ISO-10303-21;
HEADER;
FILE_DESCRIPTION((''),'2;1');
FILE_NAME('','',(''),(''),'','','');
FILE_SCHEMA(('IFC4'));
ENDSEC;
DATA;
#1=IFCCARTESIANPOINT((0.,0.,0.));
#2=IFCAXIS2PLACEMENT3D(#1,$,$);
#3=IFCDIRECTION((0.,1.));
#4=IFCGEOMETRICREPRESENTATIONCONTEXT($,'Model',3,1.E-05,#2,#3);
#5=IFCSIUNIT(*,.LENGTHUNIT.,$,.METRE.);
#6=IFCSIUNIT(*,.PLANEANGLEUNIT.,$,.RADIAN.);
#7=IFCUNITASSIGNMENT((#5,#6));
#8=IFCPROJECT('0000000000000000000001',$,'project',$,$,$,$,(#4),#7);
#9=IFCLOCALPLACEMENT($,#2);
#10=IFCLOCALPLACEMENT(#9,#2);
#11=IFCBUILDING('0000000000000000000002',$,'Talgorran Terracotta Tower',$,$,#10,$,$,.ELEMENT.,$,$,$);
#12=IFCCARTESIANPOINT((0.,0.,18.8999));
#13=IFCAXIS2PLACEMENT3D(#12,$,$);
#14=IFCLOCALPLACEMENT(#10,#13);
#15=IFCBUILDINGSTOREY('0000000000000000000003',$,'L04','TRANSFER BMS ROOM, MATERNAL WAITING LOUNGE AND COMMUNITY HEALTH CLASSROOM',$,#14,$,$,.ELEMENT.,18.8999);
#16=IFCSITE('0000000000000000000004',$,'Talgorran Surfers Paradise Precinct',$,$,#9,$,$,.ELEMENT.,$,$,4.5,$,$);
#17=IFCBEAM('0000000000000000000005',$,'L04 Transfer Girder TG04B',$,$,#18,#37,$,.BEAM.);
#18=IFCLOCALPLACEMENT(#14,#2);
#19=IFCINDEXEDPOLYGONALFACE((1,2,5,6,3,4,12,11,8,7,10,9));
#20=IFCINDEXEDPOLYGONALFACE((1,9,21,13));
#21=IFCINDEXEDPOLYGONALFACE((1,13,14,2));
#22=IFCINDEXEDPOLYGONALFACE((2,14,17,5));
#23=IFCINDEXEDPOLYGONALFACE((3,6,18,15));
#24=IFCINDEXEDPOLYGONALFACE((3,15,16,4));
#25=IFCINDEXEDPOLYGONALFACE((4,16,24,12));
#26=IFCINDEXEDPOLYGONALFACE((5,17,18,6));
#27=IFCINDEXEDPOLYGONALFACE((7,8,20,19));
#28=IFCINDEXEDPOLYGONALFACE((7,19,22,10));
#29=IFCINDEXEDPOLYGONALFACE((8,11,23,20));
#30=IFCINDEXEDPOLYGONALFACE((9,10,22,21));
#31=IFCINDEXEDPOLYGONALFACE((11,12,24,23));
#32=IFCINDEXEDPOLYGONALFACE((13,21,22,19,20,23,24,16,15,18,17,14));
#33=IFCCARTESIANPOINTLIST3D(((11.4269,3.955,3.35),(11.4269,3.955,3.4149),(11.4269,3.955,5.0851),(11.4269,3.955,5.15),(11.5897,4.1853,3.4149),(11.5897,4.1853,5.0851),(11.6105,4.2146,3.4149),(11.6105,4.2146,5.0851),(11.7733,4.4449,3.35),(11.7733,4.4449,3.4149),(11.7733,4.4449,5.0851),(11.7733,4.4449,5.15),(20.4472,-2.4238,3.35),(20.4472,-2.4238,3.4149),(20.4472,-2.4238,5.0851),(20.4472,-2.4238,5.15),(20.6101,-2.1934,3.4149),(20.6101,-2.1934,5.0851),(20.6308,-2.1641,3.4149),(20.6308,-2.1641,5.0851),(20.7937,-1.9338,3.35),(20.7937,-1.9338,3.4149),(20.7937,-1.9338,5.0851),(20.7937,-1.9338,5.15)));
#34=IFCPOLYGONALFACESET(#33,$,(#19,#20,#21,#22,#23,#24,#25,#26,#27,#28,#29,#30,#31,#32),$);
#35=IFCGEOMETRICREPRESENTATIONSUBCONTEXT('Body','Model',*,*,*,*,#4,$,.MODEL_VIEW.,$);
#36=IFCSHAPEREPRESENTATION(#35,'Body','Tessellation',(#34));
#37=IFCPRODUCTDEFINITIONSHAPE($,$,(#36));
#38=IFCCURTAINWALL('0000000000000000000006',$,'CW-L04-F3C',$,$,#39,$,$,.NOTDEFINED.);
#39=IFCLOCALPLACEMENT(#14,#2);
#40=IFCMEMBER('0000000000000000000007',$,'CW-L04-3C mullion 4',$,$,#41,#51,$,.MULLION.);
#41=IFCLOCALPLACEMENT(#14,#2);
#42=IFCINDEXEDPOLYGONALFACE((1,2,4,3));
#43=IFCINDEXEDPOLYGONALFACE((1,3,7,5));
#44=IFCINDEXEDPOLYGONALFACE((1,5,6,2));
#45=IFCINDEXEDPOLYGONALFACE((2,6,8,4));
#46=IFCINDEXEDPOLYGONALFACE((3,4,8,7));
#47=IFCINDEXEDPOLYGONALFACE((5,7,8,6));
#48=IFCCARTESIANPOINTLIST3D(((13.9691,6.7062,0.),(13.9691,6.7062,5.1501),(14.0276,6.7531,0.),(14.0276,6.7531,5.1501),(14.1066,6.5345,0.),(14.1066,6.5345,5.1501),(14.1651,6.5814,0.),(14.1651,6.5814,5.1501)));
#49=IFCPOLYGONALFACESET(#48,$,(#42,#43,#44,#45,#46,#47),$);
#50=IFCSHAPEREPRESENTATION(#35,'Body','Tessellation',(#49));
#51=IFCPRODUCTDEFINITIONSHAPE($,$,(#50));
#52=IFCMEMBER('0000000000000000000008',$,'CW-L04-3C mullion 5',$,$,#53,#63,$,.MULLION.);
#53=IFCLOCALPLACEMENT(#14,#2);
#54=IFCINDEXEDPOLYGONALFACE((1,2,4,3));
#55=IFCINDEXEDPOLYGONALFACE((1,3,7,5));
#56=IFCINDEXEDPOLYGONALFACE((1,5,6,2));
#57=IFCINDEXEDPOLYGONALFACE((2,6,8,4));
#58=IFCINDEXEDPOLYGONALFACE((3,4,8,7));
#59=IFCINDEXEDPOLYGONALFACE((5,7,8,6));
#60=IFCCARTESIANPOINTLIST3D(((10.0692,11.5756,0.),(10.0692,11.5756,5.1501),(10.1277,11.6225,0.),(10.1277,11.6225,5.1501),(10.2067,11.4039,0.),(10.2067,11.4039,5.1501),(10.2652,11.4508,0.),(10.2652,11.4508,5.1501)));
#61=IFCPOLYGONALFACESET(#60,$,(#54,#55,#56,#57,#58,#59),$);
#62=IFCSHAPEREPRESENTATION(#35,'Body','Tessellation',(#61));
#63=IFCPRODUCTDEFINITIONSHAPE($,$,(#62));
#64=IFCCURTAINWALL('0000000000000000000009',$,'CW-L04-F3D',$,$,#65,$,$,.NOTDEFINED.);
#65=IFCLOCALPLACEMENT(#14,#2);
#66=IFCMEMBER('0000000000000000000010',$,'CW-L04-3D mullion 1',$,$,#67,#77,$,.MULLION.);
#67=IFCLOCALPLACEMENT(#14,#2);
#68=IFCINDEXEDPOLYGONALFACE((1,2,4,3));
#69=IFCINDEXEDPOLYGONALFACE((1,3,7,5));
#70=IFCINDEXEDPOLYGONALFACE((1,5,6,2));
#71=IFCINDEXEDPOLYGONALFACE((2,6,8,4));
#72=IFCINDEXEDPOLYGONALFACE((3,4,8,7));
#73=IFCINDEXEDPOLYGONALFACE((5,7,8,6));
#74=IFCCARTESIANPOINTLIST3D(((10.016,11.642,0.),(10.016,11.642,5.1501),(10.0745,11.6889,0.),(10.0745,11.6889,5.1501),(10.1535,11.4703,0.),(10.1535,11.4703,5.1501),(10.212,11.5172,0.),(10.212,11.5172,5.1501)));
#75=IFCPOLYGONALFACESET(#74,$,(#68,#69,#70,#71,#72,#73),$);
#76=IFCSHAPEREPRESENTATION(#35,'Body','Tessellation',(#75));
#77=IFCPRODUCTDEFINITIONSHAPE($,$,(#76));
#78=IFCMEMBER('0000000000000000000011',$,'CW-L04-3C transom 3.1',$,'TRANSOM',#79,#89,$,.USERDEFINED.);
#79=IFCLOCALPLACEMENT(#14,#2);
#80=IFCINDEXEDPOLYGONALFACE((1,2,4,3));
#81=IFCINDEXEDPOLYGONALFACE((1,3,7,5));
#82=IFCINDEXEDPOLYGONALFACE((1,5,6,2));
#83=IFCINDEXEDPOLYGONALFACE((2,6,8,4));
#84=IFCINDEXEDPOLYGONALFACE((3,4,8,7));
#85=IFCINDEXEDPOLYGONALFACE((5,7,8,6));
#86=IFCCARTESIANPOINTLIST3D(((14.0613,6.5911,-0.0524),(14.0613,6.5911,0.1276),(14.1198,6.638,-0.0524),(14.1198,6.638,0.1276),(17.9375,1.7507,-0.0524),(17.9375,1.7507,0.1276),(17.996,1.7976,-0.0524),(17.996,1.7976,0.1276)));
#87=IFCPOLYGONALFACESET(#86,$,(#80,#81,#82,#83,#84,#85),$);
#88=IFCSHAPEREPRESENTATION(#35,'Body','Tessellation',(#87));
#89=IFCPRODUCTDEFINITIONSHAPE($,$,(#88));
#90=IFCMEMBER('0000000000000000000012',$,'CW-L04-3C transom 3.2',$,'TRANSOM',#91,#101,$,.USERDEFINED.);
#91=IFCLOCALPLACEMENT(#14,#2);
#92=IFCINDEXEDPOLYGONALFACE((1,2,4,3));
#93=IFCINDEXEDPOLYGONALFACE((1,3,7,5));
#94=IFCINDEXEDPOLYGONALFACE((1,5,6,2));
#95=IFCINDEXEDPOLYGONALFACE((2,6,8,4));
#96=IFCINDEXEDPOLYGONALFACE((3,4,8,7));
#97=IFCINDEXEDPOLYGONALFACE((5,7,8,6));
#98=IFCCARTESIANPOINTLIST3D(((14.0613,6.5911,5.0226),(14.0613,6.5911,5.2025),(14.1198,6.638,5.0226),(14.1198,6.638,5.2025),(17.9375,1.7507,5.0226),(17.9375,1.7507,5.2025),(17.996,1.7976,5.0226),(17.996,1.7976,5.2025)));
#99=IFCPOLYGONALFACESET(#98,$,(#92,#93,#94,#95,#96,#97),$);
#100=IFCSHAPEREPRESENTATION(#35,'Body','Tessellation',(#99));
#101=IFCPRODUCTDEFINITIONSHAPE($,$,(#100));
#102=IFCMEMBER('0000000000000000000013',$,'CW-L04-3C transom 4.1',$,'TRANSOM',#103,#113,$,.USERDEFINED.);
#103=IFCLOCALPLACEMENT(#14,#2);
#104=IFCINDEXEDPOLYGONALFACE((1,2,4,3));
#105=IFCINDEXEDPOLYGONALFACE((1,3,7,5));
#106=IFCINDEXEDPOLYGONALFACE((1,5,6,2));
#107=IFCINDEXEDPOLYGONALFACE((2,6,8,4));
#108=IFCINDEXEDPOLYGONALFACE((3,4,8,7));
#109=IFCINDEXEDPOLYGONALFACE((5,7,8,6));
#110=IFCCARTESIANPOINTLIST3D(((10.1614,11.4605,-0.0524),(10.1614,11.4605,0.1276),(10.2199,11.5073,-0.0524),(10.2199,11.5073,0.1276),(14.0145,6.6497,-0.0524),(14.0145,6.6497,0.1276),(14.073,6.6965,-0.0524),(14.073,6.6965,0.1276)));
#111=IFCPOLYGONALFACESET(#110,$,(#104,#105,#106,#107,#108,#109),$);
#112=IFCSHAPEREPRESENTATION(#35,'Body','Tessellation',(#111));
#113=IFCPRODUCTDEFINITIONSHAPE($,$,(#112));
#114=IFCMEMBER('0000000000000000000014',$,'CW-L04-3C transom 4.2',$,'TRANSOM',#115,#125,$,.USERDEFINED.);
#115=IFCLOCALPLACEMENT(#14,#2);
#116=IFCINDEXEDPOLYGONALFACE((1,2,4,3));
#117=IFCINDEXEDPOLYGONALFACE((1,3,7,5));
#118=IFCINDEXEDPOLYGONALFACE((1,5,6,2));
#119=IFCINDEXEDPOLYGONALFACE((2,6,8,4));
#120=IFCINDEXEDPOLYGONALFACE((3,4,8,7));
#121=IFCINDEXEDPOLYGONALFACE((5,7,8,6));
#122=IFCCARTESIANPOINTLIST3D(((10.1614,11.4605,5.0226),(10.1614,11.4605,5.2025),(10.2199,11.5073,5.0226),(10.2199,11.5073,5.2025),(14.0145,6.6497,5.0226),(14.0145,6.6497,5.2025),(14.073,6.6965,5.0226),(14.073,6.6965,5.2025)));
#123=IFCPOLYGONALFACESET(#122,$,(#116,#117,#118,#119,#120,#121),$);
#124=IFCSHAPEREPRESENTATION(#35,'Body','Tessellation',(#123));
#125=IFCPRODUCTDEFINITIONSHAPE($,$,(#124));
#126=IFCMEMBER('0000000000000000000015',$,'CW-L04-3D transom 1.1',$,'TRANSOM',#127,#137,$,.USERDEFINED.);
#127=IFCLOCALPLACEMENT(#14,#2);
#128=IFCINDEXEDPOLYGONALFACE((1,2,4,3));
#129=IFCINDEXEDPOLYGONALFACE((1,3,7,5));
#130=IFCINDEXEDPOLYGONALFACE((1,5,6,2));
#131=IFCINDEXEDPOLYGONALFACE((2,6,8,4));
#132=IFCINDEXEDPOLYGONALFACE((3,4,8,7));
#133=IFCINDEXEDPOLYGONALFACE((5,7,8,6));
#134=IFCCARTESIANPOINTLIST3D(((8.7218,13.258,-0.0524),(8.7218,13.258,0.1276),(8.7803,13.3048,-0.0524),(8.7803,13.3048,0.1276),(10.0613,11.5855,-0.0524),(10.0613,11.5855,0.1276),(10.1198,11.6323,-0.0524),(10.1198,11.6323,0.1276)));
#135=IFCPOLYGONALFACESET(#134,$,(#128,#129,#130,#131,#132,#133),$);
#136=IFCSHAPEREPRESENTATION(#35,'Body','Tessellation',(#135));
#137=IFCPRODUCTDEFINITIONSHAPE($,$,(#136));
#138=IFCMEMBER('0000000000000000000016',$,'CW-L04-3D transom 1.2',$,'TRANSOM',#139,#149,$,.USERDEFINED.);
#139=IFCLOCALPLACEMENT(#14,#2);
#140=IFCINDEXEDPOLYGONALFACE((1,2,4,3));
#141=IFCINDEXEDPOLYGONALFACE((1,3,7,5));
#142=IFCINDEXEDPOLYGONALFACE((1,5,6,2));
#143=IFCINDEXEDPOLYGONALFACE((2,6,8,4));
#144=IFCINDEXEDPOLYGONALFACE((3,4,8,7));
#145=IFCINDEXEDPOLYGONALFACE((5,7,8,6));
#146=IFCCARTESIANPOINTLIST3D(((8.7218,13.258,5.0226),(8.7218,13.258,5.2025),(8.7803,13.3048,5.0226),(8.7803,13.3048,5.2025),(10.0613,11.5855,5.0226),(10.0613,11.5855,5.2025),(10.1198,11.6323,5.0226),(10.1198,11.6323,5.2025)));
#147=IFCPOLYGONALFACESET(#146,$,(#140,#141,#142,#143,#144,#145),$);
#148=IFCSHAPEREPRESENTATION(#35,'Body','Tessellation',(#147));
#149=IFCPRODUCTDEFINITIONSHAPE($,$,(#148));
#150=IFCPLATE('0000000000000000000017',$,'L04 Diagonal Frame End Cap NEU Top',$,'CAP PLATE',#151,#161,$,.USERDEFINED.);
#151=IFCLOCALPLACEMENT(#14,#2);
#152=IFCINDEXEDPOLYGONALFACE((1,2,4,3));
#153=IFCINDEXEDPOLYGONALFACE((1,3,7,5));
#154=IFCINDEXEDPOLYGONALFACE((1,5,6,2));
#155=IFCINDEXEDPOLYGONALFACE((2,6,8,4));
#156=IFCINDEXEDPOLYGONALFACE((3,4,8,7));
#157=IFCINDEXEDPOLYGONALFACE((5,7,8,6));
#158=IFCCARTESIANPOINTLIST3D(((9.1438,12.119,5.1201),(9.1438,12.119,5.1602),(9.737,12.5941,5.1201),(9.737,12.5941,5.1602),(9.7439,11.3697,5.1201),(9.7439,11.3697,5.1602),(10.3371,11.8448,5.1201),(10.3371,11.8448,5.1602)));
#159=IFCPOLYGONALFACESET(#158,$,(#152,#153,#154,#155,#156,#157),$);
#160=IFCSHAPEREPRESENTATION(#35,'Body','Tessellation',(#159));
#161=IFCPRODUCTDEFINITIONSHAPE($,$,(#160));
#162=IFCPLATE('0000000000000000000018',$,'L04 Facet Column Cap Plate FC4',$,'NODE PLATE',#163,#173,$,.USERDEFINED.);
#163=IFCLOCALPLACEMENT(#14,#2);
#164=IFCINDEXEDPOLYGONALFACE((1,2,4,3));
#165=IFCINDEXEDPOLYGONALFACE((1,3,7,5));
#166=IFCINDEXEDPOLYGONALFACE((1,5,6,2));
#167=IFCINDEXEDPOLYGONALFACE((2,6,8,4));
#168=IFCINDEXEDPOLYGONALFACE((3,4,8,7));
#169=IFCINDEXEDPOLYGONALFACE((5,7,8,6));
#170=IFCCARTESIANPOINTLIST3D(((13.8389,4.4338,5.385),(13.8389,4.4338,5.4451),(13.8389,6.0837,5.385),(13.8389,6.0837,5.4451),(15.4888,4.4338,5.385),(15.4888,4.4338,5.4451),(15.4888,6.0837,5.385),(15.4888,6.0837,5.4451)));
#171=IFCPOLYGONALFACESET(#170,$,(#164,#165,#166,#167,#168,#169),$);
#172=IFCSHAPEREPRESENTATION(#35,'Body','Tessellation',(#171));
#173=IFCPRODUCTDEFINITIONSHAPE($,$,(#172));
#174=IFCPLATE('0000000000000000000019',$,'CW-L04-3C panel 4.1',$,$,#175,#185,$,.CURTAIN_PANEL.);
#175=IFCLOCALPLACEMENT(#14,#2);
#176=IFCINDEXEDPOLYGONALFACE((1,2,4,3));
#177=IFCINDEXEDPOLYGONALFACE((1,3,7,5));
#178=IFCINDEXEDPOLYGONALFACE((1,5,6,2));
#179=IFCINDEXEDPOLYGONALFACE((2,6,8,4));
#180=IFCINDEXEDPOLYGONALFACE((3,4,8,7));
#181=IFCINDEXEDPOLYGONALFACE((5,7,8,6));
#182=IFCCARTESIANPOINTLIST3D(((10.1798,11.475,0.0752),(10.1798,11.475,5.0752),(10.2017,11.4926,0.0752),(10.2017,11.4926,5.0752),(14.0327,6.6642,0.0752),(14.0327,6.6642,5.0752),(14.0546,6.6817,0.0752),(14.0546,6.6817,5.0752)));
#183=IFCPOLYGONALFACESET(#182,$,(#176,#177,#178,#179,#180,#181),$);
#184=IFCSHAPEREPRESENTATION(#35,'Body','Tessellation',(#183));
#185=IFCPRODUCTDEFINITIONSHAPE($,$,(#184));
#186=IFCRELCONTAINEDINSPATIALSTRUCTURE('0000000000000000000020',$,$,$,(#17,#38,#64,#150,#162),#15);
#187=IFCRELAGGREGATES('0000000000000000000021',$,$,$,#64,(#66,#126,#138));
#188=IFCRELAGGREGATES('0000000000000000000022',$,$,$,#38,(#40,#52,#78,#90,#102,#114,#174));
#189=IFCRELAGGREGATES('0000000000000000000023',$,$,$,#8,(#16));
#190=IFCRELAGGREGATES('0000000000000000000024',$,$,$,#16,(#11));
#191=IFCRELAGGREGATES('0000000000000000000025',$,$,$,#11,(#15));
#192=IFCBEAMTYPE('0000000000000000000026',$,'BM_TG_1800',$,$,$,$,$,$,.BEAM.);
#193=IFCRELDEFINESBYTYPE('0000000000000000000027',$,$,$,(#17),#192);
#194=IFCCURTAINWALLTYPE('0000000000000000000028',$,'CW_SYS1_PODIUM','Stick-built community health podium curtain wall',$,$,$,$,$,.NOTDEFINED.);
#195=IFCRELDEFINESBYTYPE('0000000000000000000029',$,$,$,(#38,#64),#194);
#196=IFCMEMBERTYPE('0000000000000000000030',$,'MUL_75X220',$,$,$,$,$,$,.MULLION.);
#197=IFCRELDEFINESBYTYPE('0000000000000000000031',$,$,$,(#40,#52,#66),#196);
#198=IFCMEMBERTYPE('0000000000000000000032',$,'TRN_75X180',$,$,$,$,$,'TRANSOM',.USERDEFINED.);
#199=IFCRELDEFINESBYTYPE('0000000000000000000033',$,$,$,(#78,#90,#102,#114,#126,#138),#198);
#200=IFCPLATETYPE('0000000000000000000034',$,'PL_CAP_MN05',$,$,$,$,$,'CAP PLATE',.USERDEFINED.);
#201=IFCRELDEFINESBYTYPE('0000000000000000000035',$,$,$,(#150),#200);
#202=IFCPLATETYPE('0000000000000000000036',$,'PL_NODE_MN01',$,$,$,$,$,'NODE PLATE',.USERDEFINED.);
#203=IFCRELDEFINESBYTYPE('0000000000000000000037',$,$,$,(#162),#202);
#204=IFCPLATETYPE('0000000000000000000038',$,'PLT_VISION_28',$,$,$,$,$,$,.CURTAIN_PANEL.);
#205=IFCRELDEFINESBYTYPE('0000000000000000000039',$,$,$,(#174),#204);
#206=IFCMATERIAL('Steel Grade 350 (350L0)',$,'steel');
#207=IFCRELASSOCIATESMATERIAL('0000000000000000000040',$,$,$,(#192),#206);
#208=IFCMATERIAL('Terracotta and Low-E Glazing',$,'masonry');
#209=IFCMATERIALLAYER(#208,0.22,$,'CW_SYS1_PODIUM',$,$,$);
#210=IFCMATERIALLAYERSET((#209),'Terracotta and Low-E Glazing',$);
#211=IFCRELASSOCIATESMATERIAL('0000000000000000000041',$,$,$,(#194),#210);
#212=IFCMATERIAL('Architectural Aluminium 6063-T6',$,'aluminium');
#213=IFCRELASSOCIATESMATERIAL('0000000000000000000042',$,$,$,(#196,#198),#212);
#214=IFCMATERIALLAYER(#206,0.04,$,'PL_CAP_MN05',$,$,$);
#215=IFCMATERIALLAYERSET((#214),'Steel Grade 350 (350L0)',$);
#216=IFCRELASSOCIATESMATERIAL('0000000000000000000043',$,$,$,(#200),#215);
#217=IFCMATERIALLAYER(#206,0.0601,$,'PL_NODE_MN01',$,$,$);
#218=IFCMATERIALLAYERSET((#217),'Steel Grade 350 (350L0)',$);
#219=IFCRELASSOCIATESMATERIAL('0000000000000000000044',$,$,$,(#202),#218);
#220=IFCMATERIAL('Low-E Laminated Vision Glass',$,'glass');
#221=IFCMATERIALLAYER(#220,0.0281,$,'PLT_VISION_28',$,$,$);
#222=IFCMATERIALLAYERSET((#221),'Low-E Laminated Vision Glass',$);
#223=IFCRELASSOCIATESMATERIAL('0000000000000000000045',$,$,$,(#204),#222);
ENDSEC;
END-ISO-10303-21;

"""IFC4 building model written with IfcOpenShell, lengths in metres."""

from ifc_helpers import new_model, si_unit, direction, frame, origin, origin_2d, place, context, subcontext, project, spatial, rectangle, i_section, extrude, source, transform, mapped, material, layer, layer_set, material_profile, profile_set, type_object, element, aggregate, save


model = new_model("IFC4")

# Units and contexts
model_context = context("Model", 3, precision=1e-05, world=origin(), true_north=direction((0.0, 1.0)))
body_context = subcontext(model_context, "Body", "Model", "MODEL_VIEW")
ifc_project = project(units=[si_unit("LENGTHUNIT", "METRE"), si_unit("PLANEANGLEUNIT", "RADIAN")], contexts=[model_context])

# Site, building, storey
site_placement = place(None, origin())
site = spatial("IfcSite", under=ifc_project, at=site_placement, Name="Talgorran Surfers Paradise Precinct", CompositionType="ELEMENT", RefElevation=4.5)
building_placement = place(site_placement, origin())
building = spatial("IfcBuilding", under=site, at=building_placement, Name="Talgorran Terracotta Tower", CompositionType="ELEMENT")
storey_placement = place(building_placement, frame((0.0, 0.0, 18.8999)))
storey = spatial("IfcBuildingStorey", under=building, at=storey_placement, Name="L04", Description="TRANSFER BMS ROOM, MATERNAL WAITING LOUNGE AND COMMUNITY HEALTH CLASSROOM", CompositionType="ELEMENT", Elevation=18.8999)

# Shared definitions
ifc_material_1 = material(Name="Steel Grade 350 (350L0)", Category="steel")

# Beam
ifc_material_profile_1 = material_profile(ifc_material_1, i_section(OverallWidth=0.6001, OverallDepth=1.8, WebThickness=0.0359, FlangeThickness=0.0649, at=origin_2d()), Name="TG1800X600")
ifc_profile_set_1 = profile_set([ifc_material_profile_1], Name="Steel Grade 350 (350L0)")
beam_type_1 = type_object("IfcBeamType", Name="BM_TG_1800", PredefinedType="BEAM", material=ifc_profile_set_1)
beam_1_placement = place(storey_placement, frame((11.6001, 4.2, 4.25), z_axis=(0.816481, -0.577373, 0.0), x_axis=(0.577373, 0.816481, 0.0)))
element("IfcBeam", 1, at=beam_1_placement, inside=storey, type_object=beam_type_1, Name="L04 Transfer Girder TG04B", PredefinedType="BEAM", context=body_context, shape_type="SweptSolid", body=[
    extrude(i_section(OverallWidth=0.6001, OverallDepth=1.8, WebThickness=0.0359, FlangeThickness=0.0649, at=origin_2d()), origin(), (0.0, 0.0, 1.0), 11.0479),
])

# Curtain wall, members
ifc_material_2 = material(Name="Terracotta and Low-E Glazing", Category="masonry")
ifc_layer_1 = layer(ifc_material_2, 0.22, Name="CW_SYS1_PODIUM")
ifc_layer_set_1 = layer_set([ifc_layer_1], Name="Terracotta and Low-E Glazing")
curtain_wall_type = type_object("IfcCurtainWallType", Name="CW_SYS1_PODIUM", Description="Stick-built community health podium curtain wall", PredefinedType="NOTDEFINED", material=ifc_layer_set_1)
curtain_wall_1_placement = place(storey_placement, origin())
curtain_wall_1 = element("IfcCurtainWall", 2, at=curtain_wall_1_placement, inside=storey, type_object=curtain_wall_type, Name="CW-L04-F3C", PredefinedType="NOTDEFINED")
ifc_material_3 = material(Name="Architectural Aluminium 6063-T6", Category="aluminium")
ifc_material_profile_2 = material_profile(ifc_material_3, rectangle(XDim=0.075, YDim=0.22, at=origin_2d()), Name="CWM75X220")
ifc_profile_set_2 = profile_set([ifc_material_profile_2], Name="Architectural Aluminium 6063-T6")
member_type_1 = type_object("IfcMemberType", Name="MUL_75X220", PredefinedType="MULLION", material=ifc_profile_set_2)
member_1_placement = place(storey_placement, frame((14.0671, 6.6438, 0.0), z_axis=(0.0, 0.0, 1.0), x_axis=(-0.780533, -0.625115, 0.0)))
member_1 = element("IfcMember", 3, at=member_1_placement, type_object=member_type_1, Name="CW-L04-3C mullion 4", PredefinedType="MULLION", context=body_context, shape_type="SweptSolid", body=[
    extrude(rectangle(XDim=0.075, YDim=0.22, at=origin_2d()), origin(), (0.0, 0.0, 1.0), 5.1501),
])
member_2_placement = place(storey_placement, frame((10.1672, 11.5132, 0.0), z_axis=(0.0, 0.0, 1.0), x_axis=(-0.780533, -0.625115, 0.0)))
member_2 = element("IfcMember", 4, at=member_2_placement, type_object=member_type_1, Name="CW-L04-3C mullion 5", PredefinedType="MULLION", context=body_context, shape_type="SweptSolid", body=[
    extrude(rectangle(XDim=0.075, YDim=0.22, at=origin_2d()), origin(), (0.0, 0.0, 1.0), 5.1501),
])

# Curtain wall, member
curtain_wall_2_placement = place(storey_placement, origin())
curtain_wall_2 = element("IfcCurtainWall", 5, at=curtain_wall_2_placement, inside=storey, type_object=curtain_wall_type, Name="CW-L04-F3D", PredefinedType="NOTDEFINED")
member_3_placement = place(storey_placement, frame((10.114, 11.5796, 0.0), z_axis=(0.0, 0.0, 1.0), x_axis=(-0.780537, -0.62511, 0.0)))
member_3 = element("IfcMember", 6, at=member_3_placement, type_object=member_type_1, Name="CW-L04-3D mullion 1", PredefinedType="MULLION", context=body_context, shape_type="SweptSolid", body=[
    extrude(rectangle(XDim=0.075, YDim=0.22, at=origin_2d()), origin(), (0.0, 0.0, 1.0), 5.1501),
])

# Members
ifc_material_profile_3 = material_profile(ifc_material_3, rectangle(XDim=0.075, YDim=0.1799, at=origin_2d()), Name="CWT75X180")
ifc_profile_set_3 = profile_set([ifc_material_profile_3], Name="Architectural Aluminium 6063-T6")
member_type_2 = type_object("IfcMemberType", Name="TRN_75X180", ElementType="TRANSOM", PredefinedType="USERDEFINED", material=ifc_profile_set_3)
member_4_placement = place(storey_placement, frame((17.9668, 1.7742, 0.0376), z_axis=(-0.625084, 0.780558, 0.0), x_axis=(-0.780558, -0.625084, 0.0)))
member_4 = element("IfcMember", 7, at=member_4_placement, type_object=member_type_2, Name="CW-L04-3C transom 3.1", ObjectType="TRANSOM", PredefinedType="USERDEFINED", context=body_context, shape_type="SweptSolid", body=[
    extrude(rectangle(XDim=0.075, YDim=0.1799, at=origin_2d()), origin(), (0.0, 0.0, 1.0), 6.2012),
])
member_5_placement = place(storey_placement, frame((17.9668, 1.7742, 5.1125), z_axis=(-0.625084, 0.780558, 0.0), x_axis=(-0.780558, -0.625084, 0.0)))
member_5 = element("IfcMember", 8, at=member_5_placement, type_object=member_type_2, Name="CW-L04-3C transom 3.2", ObjectType="TRANSOM", PredefinedType="USERDEFINED", context=body_context, shape_type="SweptSolid", body=[
    extrude(rectangle(XDim=0.075, YDim=0.1799, at=origin_2d()), origin(), (0.0, 0.0, 1.0), 6.2012),
])
member_6_placement = place(storey_placement, frame((14.0437, 6.6731, 0.0376), z_axis=(-0.62513, 0.780521, 0.0), x_axis=(-0.780521, -0.62513, 0.0)))
member_6 = element("IfcMember", 9, at=member_6_placement, type_object=member_type_2, Name="CW-L04-3C transom 4.1", ObjectType="TRANSOM", PredefinedType="USERDEFINED", context=body_context, shape_type="SweptSolid", body=[
    extrude(rectangle(XDim=0.075, YDim=0.1799, at=origin_2d()), origin(), (0.0, 0.0, 1.0), 6.1636),
])
member_7_placement = place(storey_placement, frame((14.0437, 6.6731, 5.1125), z_axis=(-0.62513, 0.780521, 0.0), x_axis=(-0.780521, -0.62513, 0.0)))
member_7 = element("IfcMember", 10, at=member_7_placement, type_object=member_type_2, Name="CW-L04-3C transom 4.2", ObjectType="TRANSOM", PredefinedType="USERDEFINED", context=body_context, shape_type="SweptSolid", body=[
    extrude(rectangle(XDim=0.075, YDim=0.1799, at=origin_2d()), origin(), (0.0, 0.0, 1.0), 6.1636),
])
member_8_placement = place(storey_placement, frame((10.0906, 11.6089, 0.0376), z_axis=(-0.625126, 0.780524, 0.0), x_axis=(-0.780524, -0.625126, 0.0)))
member_8 = element("IfcMember", 11, at=member_8_placement, type_object=member_type_2, Name="CW-L04-3D transom 1.1", ObjectType="TRANSOM", PredefinedType="USERDEFINED", context=body_context, shape_type="SweptSolid", body=[
    extrude(rectangle(XDim=0.075, YDim=0.1799, at=origin_2d()), origin(), (0.0, 0.0, 1.0), 2.1428),
])
member_9_placement = place(storey_placement, frame((10.0906, 11.6089, 5.1125), z_axis=(-0.625126, 0.780524, 0.0), x_axis=(-0.780524, -0.625126, 0.0)))
member_9 = element("IfcMember", 12, at=member_9_placement, type_object=member_type_2, Name="CW-L04-3D transom 1.2", ObjectType="TRANSOM", PredefinedType="USERDEFINED", context=body_context, shape_type="SweptSolid", body=[
    extrude(rectangle(XDim=0.075, YDim=0.1799, at=origin_2d()), origin(), (0.0, 0.0, 1.0), 2.1428),
])
aggregate(curtain_wall_2, [member_3, member_8, member_9])

# Plates
ifc_layer_2 = layer(ifc_material_1, 0.04, Name="PL_CAP_MN05")
ifc_layer_set_2 = layer_set([ifc_layer_2], Name="Steel Grade 350 (350L0)")
plate_type_1 = type_object("IfcPlateType", Name="PL_CAP_MN05", ElementType="CAP PLATE", PredefinedType="USERDEFINED", material=ifc_layer_set_2)
plate_1_placement = place(storey_placement, frame((9.7405, 11.9819, 5.1201), z_axis=(0.0, 0.0, 1.0), x_axis=(0.625106, -0.78054, 0.0)))
element("IfcPlate", 13, at=plate_1_placement, inside=storey, type_object=plate_type_1, Name="L04 Diagonal Frame End Cap NEU Top", ObjectType="CAP PLATE", PredefinedType="USERDEFINED", context=body_context, shape_type="SweptSolid", body=[
    extrude(rectangle(XDim=0.96, YDim=0.76, at=origin_2d()), origin(), (0.0, 0.0, 1.0), 0.04),
])
ifc_layer_3 = layer(ifc_material_1, 0.0601, Name="PL_NODE_MN01")
ifc_layer_set_3 = layer_set([ifc_layer_3], Name="Steel Grade 350 (350L0)")
plate_type_2 = type_object("IfcPlateType", Name="PL_NODE_MN01", ElementType="NODE PLATE", PredefinedType="USERDEFINED", material=ifc_layer_set_3)
plate_2_placement = place(storey_placement, frame((14.6638, 5.2588, 5.385), z_axis=(0.0, 0.0, 1.0), x_axis=(1.0, 0.0, 0.0)))
element("IfcPlate", 14, at=plate_2_placement, inside=storey, type_object=plate_type_2, Name="L04 Facet Column Cap Plate FC4", ObjectType="NODE PLATE", PredefinedType="USERDEFINED", context=body_context, shape_type="SweptSolid", body=[
    extrude(rectangle(XDim=1.6499, YDim=1.6499, at=origin_2d()), origin(), (0.0, 0.0, 1.0), 0.0601),
])

# Plate
ifc_material_4 = material(Name="Low-E Laminated Vision Glass", Category="glass")
ifc_layer_4 = layer(ifc_material_4, 0.0281, Name="PLT_VISION_28")
ifc_layer_set_4 = layer_set([ifc_layer_4], Name="Low-E Laminated Vision Glass")
plate_type_3 = type_object("IfcPlateType", Name="PLT_VISION_28", PredefinedType="CURTAIN_PANEL", material=ifc_layer_set_4)
shared_shape_1 = source(origin(), body_context, "Body", "SweptSolid", [
    extrude(rectangle(XDim=6.1636, YDim=0.0281, at=origin_2d()), origin(), (0.0, 0.0, 1.0), 5.0),
])
plate_3_placement = place(storey_placement, frame((12.1172, 9.0784, 0.0752), z_axis=(0.0, 0.0, 1.0), x_axis=(-0.625115, 0.780533, 0.0)))
plate_3 = element("IfcPlate", 15, at=plate_3_placement, type_object=plate_type_3, Name="CW-L04-3C panel 4.1", PredefinedType="CURTAIN_PANEL", context=body_context, shape_type="MappedRepresentation", body=[
    mapped(shared_shape_1, transform((0.0, 0.0, 0.0), scale=1.0)),
])
aggregate(curtain_wall_1, [member_1, member_2, member_4, member_5, member_6, member_7, plate_3])

save(model, "model.ifc")
